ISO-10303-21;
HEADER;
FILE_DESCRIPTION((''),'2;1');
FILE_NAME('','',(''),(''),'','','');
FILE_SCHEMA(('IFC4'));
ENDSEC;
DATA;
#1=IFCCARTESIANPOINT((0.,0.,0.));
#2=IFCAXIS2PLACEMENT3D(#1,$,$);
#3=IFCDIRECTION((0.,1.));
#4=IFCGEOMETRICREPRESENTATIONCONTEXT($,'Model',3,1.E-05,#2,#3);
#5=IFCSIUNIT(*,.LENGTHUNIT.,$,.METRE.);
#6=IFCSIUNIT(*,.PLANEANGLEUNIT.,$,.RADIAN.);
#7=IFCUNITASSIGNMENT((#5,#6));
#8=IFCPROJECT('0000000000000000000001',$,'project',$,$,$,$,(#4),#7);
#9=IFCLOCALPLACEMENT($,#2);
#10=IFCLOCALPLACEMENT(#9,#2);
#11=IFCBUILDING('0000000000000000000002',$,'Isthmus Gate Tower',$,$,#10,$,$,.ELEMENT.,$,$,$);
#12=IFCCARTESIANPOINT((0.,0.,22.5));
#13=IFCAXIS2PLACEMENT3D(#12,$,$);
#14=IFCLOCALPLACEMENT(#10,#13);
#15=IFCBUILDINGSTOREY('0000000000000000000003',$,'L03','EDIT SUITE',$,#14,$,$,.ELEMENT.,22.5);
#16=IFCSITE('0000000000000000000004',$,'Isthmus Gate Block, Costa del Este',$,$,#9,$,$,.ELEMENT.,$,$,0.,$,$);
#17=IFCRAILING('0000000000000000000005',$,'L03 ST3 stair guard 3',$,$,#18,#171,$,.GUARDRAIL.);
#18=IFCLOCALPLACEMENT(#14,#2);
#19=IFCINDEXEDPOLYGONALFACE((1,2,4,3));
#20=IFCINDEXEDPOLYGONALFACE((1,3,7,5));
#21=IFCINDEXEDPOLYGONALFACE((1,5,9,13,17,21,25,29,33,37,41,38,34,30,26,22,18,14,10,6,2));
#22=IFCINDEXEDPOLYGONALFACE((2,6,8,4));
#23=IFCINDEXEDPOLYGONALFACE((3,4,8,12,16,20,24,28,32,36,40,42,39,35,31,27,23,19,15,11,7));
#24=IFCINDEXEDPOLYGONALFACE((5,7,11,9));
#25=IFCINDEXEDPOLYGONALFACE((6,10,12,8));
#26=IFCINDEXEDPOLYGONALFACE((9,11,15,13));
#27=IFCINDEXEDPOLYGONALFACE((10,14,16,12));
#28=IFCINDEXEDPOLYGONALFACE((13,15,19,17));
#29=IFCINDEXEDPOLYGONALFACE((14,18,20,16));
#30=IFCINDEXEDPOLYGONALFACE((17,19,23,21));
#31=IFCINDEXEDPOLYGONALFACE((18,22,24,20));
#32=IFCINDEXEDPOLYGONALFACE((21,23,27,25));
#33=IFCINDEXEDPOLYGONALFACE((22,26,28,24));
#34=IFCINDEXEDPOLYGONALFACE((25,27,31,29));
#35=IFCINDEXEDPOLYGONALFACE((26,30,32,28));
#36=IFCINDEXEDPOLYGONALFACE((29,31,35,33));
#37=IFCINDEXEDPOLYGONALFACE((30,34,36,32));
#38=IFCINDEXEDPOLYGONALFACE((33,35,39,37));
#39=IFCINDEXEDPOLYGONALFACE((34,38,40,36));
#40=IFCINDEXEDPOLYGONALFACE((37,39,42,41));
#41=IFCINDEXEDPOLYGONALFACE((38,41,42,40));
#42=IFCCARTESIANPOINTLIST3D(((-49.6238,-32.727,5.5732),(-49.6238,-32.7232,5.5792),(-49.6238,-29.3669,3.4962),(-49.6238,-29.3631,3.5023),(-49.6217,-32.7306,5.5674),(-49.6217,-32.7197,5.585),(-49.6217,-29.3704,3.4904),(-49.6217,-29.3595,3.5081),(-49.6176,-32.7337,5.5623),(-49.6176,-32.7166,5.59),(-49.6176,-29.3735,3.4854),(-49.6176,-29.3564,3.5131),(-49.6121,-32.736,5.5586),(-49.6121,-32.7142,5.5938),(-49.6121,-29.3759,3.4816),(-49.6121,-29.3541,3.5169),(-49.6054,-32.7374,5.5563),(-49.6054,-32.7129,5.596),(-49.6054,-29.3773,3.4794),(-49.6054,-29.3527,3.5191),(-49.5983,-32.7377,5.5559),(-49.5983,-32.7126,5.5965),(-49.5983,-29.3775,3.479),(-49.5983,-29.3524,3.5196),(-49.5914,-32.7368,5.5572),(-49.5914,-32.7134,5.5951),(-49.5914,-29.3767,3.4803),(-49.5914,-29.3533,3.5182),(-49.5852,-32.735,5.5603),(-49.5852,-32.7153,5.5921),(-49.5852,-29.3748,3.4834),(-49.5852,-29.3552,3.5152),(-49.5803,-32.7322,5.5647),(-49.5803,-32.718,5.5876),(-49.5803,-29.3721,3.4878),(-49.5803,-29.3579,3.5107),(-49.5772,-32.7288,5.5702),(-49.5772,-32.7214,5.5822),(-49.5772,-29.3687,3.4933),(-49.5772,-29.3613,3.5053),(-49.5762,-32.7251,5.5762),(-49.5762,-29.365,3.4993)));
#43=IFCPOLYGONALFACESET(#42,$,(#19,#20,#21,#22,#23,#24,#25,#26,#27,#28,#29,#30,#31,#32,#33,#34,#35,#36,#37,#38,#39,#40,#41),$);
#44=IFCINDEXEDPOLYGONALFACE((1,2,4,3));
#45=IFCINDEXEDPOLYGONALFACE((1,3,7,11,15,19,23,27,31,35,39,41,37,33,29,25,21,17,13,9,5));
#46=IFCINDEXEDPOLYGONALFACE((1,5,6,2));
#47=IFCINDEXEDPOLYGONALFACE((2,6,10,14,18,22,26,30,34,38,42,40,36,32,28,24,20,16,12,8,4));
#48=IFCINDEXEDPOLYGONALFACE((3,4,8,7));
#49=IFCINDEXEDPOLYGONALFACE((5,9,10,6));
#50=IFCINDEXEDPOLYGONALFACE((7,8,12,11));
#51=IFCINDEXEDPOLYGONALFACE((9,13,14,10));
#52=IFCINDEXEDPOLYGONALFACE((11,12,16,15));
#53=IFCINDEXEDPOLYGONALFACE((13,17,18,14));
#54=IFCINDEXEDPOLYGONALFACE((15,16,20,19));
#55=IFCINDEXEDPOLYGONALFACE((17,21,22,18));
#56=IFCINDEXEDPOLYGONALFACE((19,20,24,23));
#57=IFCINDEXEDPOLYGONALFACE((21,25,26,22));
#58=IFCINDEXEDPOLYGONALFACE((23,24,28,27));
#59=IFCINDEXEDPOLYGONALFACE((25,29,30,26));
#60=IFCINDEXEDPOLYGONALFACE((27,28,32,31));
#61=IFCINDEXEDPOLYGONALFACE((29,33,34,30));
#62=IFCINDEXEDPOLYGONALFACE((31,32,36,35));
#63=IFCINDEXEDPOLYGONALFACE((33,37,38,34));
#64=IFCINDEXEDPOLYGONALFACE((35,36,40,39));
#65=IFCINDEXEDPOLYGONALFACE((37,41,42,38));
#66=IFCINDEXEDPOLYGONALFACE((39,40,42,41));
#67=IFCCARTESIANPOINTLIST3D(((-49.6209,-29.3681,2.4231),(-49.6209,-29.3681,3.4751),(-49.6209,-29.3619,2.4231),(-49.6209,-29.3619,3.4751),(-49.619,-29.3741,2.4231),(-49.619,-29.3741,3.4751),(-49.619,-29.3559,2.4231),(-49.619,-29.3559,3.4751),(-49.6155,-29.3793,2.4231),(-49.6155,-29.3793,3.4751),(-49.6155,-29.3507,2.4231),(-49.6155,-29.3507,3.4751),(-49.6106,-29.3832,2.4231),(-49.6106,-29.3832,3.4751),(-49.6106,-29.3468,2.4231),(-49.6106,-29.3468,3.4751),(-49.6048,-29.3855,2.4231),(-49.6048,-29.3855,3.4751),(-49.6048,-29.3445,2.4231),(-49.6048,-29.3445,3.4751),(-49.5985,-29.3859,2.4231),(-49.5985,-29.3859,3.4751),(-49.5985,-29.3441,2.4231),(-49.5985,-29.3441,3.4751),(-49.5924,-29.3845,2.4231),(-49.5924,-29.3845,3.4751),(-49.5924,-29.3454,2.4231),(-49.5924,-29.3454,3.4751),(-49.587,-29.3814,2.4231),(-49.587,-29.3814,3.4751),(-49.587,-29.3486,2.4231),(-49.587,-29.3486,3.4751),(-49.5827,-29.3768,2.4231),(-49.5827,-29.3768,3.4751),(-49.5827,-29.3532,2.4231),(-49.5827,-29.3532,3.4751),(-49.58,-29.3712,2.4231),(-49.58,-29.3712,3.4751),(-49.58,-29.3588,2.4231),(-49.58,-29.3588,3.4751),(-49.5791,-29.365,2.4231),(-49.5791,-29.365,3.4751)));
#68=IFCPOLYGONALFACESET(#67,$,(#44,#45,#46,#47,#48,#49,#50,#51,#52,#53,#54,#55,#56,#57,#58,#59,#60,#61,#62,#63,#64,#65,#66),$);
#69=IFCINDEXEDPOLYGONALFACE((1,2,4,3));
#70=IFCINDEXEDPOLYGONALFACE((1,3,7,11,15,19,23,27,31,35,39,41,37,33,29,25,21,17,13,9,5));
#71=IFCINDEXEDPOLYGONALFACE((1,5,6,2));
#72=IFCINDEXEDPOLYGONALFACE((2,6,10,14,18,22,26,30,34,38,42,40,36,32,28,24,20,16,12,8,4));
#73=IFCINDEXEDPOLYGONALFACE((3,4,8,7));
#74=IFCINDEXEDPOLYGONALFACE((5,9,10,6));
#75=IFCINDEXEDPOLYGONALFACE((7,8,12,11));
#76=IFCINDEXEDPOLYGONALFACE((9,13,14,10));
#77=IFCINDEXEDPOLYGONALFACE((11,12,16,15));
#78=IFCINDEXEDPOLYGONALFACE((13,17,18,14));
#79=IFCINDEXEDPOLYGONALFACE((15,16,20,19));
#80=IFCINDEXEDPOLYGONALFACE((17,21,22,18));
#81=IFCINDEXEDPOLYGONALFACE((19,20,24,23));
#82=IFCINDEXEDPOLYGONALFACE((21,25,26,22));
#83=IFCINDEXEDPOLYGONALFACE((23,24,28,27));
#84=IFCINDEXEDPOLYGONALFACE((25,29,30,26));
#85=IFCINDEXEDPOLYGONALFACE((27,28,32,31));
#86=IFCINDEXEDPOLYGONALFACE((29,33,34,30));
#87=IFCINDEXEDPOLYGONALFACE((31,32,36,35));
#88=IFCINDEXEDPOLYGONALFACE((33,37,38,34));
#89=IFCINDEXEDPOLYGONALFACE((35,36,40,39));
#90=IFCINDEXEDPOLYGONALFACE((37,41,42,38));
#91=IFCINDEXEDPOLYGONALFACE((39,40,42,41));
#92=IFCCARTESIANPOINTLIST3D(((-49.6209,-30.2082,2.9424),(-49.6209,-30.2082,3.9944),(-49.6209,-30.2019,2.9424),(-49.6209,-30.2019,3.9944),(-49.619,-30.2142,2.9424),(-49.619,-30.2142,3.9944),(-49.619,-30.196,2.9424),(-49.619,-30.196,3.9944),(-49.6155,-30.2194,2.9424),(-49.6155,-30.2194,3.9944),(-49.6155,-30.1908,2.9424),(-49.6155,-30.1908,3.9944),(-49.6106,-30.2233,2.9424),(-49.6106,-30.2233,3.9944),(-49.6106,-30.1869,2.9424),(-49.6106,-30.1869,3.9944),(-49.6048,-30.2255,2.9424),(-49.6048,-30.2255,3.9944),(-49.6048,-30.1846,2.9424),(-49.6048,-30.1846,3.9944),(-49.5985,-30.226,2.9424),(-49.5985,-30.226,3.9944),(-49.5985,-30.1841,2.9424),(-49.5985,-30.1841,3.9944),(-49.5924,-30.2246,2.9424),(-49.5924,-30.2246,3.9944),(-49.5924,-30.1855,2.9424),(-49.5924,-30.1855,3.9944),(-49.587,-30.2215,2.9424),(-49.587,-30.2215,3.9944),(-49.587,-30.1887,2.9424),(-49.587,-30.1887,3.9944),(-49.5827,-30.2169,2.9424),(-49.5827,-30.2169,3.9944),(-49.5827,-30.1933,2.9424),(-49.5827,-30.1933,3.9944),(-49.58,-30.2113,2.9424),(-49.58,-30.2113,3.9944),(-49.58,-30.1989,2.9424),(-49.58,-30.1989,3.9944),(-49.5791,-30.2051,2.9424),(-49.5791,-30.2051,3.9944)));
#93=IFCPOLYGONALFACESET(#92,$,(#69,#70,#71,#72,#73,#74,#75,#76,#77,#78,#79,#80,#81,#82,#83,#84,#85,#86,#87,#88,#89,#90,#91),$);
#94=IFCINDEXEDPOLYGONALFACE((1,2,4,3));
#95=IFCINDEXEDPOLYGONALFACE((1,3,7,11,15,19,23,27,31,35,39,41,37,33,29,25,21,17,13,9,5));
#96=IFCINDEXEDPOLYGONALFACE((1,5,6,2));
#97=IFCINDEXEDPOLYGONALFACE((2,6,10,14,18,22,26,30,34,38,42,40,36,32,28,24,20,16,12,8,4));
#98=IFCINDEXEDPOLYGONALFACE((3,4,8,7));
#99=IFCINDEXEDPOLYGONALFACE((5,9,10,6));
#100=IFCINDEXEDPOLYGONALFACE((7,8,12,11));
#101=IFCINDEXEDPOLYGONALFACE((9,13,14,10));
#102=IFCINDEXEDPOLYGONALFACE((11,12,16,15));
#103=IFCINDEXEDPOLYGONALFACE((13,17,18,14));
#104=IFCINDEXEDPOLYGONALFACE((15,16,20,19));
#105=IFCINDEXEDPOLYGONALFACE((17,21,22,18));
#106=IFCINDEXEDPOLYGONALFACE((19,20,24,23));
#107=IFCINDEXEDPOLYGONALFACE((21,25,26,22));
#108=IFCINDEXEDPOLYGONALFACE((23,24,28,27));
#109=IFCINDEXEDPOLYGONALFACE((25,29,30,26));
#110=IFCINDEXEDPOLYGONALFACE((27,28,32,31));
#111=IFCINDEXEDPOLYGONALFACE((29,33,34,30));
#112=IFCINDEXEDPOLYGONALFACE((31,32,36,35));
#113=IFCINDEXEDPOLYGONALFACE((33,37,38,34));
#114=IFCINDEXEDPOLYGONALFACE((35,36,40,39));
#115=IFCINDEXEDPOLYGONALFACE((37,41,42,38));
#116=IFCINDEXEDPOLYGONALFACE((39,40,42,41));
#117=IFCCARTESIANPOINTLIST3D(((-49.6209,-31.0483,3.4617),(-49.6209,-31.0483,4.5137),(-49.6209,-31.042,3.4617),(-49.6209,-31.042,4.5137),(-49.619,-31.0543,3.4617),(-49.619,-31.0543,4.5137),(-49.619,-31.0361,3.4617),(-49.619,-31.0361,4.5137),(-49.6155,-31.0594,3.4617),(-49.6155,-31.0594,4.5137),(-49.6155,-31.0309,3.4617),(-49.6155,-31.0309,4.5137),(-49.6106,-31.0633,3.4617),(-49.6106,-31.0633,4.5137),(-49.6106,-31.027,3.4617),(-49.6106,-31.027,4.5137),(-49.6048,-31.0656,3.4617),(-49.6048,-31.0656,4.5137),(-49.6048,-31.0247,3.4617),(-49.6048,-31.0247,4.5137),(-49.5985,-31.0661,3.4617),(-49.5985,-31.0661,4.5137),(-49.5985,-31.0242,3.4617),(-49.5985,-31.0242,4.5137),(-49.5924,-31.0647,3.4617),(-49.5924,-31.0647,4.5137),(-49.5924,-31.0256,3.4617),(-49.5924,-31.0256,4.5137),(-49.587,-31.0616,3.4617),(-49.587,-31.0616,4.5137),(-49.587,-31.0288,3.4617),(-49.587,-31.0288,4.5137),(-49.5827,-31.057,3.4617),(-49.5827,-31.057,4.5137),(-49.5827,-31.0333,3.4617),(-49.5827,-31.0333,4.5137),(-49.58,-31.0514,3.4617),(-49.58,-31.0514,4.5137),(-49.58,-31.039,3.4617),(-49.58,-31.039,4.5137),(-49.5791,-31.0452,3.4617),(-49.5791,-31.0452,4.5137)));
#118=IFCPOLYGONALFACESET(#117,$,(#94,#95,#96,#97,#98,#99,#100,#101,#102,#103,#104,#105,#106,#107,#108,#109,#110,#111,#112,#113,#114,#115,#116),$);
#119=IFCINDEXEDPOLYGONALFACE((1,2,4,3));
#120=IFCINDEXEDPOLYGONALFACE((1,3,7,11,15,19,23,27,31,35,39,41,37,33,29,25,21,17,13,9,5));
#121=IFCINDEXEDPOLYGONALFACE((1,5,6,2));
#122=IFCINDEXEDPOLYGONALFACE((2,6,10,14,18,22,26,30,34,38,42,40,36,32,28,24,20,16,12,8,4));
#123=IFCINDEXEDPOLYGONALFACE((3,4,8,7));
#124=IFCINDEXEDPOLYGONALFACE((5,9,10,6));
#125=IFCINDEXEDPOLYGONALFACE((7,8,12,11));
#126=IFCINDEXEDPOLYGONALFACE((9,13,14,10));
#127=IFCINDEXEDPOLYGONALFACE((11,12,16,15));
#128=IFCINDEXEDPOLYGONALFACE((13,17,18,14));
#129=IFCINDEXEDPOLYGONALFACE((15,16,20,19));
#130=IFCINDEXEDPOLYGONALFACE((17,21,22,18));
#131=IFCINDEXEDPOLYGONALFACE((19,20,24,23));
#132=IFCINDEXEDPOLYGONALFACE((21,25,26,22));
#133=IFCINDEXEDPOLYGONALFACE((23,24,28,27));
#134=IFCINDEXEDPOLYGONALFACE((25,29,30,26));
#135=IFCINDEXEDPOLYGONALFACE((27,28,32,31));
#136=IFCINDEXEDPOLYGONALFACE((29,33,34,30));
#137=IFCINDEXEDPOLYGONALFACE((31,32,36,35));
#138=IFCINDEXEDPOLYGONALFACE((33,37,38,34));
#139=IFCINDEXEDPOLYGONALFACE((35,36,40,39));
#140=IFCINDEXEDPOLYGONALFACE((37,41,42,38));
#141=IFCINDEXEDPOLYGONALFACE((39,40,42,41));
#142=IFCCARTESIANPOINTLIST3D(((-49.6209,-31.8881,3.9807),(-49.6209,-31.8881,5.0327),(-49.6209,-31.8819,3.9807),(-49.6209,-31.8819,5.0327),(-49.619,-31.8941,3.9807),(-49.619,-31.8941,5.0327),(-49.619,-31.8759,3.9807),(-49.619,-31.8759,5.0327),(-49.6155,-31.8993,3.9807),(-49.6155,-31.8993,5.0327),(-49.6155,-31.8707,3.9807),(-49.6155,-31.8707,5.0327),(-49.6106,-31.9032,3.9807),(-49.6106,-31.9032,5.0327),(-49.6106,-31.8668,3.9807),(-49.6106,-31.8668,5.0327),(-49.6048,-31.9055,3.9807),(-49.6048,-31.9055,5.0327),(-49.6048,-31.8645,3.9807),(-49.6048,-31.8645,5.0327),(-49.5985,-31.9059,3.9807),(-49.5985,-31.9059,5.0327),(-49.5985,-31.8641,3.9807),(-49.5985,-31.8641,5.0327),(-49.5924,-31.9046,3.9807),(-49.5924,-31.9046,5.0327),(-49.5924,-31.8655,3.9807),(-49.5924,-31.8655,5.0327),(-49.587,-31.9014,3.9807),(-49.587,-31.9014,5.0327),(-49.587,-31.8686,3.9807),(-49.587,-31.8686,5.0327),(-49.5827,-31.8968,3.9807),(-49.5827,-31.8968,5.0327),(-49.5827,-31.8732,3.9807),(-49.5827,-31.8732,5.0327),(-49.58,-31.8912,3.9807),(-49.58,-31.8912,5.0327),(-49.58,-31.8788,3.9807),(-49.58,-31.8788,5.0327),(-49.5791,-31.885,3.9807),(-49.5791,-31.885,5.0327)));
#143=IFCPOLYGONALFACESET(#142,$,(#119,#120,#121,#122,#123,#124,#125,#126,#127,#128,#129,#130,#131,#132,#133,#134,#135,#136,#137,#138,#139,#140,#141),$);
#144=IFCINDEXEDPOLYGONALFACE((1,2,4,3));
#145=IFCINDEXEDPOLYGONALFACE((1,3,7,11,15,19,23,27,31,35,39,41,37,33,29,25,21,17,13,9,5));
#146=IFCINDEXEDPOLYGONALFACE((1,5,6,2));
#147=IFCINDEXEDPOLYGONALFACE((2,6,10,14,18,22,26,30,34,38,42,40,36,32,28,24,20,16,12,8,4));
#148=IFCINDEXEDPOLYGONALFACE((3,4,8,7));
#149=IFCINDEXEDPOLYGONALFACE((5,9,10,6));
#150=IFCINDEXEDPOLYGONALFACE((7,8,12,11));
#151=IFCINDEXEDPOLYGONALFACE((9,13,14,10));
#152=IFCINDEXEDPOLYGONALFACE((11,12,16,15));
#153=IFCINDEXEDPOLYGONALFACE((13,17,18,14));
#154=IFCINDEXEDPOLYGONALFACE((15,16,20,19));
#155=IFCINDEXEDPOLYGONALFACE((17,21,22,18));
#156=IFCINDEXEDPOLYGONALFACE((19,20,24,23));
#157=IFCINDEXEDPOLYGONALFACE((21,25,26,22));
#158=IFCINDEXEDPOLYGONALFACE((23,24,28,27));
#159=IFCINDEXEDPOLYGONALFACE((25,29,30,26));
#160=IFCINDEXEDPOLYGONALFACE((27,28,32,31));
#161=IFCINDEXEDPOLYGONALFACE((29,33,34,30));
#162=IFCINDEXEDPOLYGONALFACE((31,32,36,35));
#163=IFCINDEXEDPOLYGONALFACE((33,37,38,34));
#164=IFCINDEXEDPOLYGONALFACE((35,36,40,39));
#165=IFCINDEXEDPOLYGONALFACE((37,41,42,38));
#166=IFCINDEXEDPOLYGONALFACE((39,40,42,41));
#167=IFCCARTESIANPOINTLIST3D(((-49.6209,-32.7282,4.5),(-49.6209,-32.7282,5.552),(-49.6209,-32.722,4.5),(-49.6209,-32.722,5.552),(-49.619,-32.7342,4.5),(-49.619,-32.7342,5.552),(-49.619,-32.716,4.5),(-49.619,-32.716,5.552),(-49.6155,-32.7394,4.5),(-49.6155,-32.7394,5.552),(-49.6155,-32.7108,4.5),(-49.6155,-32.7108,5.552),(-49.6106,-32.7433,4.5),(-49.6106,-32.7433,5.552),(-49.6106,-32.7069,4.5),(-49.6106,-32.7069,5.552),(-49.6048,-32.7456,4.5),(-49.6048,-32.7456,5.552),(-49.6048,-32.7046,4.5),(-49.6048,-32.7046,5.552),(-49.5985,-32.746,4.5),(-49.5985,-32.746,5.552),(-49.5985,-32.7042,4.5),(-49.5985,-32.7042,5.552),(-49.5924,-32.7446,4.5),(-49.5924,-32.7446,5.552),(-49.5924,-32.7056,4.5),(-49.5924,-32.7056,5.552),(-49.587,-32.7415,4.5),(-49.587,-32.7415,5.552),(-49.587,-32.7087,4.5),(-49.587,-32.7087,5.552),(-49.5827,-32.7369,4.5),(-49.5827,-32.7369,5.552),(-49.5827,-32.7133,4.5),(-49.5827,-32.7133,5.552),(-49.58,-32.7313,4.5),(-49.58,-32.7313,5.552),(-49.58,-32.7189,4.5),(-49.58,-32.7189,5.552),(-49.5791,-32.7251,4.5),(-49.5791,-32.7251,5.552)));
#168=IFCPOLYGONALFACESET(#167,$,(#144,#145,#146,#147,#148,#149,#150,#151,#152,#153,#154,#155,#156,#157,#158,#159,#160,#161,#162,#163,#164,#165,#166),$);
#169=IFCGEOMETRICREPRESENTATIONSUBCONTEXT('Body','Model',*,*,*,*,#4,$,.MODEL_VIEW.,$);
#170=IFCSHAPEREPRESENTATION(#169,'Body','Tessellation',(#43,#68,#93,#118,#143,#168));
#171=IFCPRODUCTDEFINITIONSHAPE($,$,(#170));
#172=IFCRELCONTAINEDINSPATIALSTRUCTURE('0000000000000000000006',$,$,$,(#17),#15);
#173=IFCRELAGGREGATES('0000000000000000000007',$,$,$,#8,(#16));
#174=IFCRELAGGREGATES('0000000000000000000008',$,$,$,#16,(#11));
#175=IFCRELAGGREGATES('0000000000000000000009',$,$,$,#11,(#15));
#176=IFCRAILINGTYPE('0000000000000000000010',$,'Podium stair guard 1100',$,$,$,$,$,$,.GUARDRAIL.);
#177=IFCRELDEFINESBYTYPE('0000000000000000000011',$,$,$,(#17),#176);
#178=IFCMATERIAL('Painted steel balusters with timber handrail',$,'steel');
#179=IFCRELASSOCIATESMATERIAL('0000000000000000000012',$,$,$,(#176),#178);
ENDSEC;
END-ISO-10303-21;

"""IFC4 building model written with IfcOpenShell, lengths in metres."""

from ifc_helpers import new_model, si_unit, direction, frame, origin, origin_2d, place, context, subcontext, project, spatial, circle, extrude, material, type_object, element, save


model = new_model("IFC4")

# Units and contexts
model_context = context("Model", 3, precision=1e-05, world=origin(), true_north=direction((0.0, 1.0)))
body_context = subcontext(model_context, "Body", "Model", "MODEL_VIEW")
ifc_project = project(units=[si_unit("LENGTHUNIT", "METRE"), si_unit("PLANEANGLEUNIT", "RADIAN")], contexts=[model_context])

# Site, building, storey
site_placement = place(None, origin())
site = spatial("IfcSite", under=ifc_project, at=site_placement, Name="Isthmus Gate Block, Costa del Este", CompositionType="ELEMENT", RefElevation=0.0)
building_placement = place(site_placement, origin())
building = spatial("IfcBuilding", under=site, at=building_placement, Name="Isthmus Gate Tower", CompositionType="ELEMENT")
storey_placement = place(building_placement, frame((0.0, 0.0, 22.5)))
storey = spatial("IfcBuildingStorey", under=building, at=storey_placement, Name="L03", Description="EDIT SUITE", CompositionType="ELEMENT", Elevation=22.5)

# Railing
ifc_material_1 = material(Name="Painted steel balusters with timber handrail", Category="steel")
railing_type_1 = type_object("IfcRailingType", Name="Podium stair guard 1100", PredefinedType="GUARDRAIL", material=ifc_material_1)
railing_1_placement = place(storey_placement, frame((-49.6001, -29.365, 2.4231)))
element("IfcRailing", 1, at=railing_1_placement, inside=storey, type_object=railing_type_1, Name="L03 ST3 stair guard 3", PredefinedType="GUARDRAIL", context=body_context, shape_type="SweptSolid", body=[
    extrude(circle(Radius=0.0239, at=origin_2d()), frame((0.0, 0.0, 1.0762), z_axis=(0.0, -0.850623, 0.525776), x_axis=(1.0, 0.0, 0.0)), (0.0, 0.0, 1.0), 3.9502),
    extrude(circle(Radius=0.021, at=origin_2d()), origin(), (0.0, 0.0, 1.0), 1.052),
    extrude(circle(Radius=0.021, at=origin_2d()), frame((0.0, -0.8401, 0.5193)), (0.0, 0.0, 1.0), 1.052),
    extrude(circle(Radius=0.021, at=origin_2d()), frame((0.0, -1.6802, 1.0386)), (0.0, 0.0, 1.0), 1.052),
    extrude(circle(Radius=0.021, at=origin_2d()), frame((0.0, -2.52, 1.5576)), (0.0, 0.0, 1.0), 1.052),
    extrude(circle(Radius=0.021, at=origin_2d()), frame((0.0, -3.3601, 2.0769)), (0.0, 0.0, 1.0), 1.052),
])

save(model, "model.ifc")
